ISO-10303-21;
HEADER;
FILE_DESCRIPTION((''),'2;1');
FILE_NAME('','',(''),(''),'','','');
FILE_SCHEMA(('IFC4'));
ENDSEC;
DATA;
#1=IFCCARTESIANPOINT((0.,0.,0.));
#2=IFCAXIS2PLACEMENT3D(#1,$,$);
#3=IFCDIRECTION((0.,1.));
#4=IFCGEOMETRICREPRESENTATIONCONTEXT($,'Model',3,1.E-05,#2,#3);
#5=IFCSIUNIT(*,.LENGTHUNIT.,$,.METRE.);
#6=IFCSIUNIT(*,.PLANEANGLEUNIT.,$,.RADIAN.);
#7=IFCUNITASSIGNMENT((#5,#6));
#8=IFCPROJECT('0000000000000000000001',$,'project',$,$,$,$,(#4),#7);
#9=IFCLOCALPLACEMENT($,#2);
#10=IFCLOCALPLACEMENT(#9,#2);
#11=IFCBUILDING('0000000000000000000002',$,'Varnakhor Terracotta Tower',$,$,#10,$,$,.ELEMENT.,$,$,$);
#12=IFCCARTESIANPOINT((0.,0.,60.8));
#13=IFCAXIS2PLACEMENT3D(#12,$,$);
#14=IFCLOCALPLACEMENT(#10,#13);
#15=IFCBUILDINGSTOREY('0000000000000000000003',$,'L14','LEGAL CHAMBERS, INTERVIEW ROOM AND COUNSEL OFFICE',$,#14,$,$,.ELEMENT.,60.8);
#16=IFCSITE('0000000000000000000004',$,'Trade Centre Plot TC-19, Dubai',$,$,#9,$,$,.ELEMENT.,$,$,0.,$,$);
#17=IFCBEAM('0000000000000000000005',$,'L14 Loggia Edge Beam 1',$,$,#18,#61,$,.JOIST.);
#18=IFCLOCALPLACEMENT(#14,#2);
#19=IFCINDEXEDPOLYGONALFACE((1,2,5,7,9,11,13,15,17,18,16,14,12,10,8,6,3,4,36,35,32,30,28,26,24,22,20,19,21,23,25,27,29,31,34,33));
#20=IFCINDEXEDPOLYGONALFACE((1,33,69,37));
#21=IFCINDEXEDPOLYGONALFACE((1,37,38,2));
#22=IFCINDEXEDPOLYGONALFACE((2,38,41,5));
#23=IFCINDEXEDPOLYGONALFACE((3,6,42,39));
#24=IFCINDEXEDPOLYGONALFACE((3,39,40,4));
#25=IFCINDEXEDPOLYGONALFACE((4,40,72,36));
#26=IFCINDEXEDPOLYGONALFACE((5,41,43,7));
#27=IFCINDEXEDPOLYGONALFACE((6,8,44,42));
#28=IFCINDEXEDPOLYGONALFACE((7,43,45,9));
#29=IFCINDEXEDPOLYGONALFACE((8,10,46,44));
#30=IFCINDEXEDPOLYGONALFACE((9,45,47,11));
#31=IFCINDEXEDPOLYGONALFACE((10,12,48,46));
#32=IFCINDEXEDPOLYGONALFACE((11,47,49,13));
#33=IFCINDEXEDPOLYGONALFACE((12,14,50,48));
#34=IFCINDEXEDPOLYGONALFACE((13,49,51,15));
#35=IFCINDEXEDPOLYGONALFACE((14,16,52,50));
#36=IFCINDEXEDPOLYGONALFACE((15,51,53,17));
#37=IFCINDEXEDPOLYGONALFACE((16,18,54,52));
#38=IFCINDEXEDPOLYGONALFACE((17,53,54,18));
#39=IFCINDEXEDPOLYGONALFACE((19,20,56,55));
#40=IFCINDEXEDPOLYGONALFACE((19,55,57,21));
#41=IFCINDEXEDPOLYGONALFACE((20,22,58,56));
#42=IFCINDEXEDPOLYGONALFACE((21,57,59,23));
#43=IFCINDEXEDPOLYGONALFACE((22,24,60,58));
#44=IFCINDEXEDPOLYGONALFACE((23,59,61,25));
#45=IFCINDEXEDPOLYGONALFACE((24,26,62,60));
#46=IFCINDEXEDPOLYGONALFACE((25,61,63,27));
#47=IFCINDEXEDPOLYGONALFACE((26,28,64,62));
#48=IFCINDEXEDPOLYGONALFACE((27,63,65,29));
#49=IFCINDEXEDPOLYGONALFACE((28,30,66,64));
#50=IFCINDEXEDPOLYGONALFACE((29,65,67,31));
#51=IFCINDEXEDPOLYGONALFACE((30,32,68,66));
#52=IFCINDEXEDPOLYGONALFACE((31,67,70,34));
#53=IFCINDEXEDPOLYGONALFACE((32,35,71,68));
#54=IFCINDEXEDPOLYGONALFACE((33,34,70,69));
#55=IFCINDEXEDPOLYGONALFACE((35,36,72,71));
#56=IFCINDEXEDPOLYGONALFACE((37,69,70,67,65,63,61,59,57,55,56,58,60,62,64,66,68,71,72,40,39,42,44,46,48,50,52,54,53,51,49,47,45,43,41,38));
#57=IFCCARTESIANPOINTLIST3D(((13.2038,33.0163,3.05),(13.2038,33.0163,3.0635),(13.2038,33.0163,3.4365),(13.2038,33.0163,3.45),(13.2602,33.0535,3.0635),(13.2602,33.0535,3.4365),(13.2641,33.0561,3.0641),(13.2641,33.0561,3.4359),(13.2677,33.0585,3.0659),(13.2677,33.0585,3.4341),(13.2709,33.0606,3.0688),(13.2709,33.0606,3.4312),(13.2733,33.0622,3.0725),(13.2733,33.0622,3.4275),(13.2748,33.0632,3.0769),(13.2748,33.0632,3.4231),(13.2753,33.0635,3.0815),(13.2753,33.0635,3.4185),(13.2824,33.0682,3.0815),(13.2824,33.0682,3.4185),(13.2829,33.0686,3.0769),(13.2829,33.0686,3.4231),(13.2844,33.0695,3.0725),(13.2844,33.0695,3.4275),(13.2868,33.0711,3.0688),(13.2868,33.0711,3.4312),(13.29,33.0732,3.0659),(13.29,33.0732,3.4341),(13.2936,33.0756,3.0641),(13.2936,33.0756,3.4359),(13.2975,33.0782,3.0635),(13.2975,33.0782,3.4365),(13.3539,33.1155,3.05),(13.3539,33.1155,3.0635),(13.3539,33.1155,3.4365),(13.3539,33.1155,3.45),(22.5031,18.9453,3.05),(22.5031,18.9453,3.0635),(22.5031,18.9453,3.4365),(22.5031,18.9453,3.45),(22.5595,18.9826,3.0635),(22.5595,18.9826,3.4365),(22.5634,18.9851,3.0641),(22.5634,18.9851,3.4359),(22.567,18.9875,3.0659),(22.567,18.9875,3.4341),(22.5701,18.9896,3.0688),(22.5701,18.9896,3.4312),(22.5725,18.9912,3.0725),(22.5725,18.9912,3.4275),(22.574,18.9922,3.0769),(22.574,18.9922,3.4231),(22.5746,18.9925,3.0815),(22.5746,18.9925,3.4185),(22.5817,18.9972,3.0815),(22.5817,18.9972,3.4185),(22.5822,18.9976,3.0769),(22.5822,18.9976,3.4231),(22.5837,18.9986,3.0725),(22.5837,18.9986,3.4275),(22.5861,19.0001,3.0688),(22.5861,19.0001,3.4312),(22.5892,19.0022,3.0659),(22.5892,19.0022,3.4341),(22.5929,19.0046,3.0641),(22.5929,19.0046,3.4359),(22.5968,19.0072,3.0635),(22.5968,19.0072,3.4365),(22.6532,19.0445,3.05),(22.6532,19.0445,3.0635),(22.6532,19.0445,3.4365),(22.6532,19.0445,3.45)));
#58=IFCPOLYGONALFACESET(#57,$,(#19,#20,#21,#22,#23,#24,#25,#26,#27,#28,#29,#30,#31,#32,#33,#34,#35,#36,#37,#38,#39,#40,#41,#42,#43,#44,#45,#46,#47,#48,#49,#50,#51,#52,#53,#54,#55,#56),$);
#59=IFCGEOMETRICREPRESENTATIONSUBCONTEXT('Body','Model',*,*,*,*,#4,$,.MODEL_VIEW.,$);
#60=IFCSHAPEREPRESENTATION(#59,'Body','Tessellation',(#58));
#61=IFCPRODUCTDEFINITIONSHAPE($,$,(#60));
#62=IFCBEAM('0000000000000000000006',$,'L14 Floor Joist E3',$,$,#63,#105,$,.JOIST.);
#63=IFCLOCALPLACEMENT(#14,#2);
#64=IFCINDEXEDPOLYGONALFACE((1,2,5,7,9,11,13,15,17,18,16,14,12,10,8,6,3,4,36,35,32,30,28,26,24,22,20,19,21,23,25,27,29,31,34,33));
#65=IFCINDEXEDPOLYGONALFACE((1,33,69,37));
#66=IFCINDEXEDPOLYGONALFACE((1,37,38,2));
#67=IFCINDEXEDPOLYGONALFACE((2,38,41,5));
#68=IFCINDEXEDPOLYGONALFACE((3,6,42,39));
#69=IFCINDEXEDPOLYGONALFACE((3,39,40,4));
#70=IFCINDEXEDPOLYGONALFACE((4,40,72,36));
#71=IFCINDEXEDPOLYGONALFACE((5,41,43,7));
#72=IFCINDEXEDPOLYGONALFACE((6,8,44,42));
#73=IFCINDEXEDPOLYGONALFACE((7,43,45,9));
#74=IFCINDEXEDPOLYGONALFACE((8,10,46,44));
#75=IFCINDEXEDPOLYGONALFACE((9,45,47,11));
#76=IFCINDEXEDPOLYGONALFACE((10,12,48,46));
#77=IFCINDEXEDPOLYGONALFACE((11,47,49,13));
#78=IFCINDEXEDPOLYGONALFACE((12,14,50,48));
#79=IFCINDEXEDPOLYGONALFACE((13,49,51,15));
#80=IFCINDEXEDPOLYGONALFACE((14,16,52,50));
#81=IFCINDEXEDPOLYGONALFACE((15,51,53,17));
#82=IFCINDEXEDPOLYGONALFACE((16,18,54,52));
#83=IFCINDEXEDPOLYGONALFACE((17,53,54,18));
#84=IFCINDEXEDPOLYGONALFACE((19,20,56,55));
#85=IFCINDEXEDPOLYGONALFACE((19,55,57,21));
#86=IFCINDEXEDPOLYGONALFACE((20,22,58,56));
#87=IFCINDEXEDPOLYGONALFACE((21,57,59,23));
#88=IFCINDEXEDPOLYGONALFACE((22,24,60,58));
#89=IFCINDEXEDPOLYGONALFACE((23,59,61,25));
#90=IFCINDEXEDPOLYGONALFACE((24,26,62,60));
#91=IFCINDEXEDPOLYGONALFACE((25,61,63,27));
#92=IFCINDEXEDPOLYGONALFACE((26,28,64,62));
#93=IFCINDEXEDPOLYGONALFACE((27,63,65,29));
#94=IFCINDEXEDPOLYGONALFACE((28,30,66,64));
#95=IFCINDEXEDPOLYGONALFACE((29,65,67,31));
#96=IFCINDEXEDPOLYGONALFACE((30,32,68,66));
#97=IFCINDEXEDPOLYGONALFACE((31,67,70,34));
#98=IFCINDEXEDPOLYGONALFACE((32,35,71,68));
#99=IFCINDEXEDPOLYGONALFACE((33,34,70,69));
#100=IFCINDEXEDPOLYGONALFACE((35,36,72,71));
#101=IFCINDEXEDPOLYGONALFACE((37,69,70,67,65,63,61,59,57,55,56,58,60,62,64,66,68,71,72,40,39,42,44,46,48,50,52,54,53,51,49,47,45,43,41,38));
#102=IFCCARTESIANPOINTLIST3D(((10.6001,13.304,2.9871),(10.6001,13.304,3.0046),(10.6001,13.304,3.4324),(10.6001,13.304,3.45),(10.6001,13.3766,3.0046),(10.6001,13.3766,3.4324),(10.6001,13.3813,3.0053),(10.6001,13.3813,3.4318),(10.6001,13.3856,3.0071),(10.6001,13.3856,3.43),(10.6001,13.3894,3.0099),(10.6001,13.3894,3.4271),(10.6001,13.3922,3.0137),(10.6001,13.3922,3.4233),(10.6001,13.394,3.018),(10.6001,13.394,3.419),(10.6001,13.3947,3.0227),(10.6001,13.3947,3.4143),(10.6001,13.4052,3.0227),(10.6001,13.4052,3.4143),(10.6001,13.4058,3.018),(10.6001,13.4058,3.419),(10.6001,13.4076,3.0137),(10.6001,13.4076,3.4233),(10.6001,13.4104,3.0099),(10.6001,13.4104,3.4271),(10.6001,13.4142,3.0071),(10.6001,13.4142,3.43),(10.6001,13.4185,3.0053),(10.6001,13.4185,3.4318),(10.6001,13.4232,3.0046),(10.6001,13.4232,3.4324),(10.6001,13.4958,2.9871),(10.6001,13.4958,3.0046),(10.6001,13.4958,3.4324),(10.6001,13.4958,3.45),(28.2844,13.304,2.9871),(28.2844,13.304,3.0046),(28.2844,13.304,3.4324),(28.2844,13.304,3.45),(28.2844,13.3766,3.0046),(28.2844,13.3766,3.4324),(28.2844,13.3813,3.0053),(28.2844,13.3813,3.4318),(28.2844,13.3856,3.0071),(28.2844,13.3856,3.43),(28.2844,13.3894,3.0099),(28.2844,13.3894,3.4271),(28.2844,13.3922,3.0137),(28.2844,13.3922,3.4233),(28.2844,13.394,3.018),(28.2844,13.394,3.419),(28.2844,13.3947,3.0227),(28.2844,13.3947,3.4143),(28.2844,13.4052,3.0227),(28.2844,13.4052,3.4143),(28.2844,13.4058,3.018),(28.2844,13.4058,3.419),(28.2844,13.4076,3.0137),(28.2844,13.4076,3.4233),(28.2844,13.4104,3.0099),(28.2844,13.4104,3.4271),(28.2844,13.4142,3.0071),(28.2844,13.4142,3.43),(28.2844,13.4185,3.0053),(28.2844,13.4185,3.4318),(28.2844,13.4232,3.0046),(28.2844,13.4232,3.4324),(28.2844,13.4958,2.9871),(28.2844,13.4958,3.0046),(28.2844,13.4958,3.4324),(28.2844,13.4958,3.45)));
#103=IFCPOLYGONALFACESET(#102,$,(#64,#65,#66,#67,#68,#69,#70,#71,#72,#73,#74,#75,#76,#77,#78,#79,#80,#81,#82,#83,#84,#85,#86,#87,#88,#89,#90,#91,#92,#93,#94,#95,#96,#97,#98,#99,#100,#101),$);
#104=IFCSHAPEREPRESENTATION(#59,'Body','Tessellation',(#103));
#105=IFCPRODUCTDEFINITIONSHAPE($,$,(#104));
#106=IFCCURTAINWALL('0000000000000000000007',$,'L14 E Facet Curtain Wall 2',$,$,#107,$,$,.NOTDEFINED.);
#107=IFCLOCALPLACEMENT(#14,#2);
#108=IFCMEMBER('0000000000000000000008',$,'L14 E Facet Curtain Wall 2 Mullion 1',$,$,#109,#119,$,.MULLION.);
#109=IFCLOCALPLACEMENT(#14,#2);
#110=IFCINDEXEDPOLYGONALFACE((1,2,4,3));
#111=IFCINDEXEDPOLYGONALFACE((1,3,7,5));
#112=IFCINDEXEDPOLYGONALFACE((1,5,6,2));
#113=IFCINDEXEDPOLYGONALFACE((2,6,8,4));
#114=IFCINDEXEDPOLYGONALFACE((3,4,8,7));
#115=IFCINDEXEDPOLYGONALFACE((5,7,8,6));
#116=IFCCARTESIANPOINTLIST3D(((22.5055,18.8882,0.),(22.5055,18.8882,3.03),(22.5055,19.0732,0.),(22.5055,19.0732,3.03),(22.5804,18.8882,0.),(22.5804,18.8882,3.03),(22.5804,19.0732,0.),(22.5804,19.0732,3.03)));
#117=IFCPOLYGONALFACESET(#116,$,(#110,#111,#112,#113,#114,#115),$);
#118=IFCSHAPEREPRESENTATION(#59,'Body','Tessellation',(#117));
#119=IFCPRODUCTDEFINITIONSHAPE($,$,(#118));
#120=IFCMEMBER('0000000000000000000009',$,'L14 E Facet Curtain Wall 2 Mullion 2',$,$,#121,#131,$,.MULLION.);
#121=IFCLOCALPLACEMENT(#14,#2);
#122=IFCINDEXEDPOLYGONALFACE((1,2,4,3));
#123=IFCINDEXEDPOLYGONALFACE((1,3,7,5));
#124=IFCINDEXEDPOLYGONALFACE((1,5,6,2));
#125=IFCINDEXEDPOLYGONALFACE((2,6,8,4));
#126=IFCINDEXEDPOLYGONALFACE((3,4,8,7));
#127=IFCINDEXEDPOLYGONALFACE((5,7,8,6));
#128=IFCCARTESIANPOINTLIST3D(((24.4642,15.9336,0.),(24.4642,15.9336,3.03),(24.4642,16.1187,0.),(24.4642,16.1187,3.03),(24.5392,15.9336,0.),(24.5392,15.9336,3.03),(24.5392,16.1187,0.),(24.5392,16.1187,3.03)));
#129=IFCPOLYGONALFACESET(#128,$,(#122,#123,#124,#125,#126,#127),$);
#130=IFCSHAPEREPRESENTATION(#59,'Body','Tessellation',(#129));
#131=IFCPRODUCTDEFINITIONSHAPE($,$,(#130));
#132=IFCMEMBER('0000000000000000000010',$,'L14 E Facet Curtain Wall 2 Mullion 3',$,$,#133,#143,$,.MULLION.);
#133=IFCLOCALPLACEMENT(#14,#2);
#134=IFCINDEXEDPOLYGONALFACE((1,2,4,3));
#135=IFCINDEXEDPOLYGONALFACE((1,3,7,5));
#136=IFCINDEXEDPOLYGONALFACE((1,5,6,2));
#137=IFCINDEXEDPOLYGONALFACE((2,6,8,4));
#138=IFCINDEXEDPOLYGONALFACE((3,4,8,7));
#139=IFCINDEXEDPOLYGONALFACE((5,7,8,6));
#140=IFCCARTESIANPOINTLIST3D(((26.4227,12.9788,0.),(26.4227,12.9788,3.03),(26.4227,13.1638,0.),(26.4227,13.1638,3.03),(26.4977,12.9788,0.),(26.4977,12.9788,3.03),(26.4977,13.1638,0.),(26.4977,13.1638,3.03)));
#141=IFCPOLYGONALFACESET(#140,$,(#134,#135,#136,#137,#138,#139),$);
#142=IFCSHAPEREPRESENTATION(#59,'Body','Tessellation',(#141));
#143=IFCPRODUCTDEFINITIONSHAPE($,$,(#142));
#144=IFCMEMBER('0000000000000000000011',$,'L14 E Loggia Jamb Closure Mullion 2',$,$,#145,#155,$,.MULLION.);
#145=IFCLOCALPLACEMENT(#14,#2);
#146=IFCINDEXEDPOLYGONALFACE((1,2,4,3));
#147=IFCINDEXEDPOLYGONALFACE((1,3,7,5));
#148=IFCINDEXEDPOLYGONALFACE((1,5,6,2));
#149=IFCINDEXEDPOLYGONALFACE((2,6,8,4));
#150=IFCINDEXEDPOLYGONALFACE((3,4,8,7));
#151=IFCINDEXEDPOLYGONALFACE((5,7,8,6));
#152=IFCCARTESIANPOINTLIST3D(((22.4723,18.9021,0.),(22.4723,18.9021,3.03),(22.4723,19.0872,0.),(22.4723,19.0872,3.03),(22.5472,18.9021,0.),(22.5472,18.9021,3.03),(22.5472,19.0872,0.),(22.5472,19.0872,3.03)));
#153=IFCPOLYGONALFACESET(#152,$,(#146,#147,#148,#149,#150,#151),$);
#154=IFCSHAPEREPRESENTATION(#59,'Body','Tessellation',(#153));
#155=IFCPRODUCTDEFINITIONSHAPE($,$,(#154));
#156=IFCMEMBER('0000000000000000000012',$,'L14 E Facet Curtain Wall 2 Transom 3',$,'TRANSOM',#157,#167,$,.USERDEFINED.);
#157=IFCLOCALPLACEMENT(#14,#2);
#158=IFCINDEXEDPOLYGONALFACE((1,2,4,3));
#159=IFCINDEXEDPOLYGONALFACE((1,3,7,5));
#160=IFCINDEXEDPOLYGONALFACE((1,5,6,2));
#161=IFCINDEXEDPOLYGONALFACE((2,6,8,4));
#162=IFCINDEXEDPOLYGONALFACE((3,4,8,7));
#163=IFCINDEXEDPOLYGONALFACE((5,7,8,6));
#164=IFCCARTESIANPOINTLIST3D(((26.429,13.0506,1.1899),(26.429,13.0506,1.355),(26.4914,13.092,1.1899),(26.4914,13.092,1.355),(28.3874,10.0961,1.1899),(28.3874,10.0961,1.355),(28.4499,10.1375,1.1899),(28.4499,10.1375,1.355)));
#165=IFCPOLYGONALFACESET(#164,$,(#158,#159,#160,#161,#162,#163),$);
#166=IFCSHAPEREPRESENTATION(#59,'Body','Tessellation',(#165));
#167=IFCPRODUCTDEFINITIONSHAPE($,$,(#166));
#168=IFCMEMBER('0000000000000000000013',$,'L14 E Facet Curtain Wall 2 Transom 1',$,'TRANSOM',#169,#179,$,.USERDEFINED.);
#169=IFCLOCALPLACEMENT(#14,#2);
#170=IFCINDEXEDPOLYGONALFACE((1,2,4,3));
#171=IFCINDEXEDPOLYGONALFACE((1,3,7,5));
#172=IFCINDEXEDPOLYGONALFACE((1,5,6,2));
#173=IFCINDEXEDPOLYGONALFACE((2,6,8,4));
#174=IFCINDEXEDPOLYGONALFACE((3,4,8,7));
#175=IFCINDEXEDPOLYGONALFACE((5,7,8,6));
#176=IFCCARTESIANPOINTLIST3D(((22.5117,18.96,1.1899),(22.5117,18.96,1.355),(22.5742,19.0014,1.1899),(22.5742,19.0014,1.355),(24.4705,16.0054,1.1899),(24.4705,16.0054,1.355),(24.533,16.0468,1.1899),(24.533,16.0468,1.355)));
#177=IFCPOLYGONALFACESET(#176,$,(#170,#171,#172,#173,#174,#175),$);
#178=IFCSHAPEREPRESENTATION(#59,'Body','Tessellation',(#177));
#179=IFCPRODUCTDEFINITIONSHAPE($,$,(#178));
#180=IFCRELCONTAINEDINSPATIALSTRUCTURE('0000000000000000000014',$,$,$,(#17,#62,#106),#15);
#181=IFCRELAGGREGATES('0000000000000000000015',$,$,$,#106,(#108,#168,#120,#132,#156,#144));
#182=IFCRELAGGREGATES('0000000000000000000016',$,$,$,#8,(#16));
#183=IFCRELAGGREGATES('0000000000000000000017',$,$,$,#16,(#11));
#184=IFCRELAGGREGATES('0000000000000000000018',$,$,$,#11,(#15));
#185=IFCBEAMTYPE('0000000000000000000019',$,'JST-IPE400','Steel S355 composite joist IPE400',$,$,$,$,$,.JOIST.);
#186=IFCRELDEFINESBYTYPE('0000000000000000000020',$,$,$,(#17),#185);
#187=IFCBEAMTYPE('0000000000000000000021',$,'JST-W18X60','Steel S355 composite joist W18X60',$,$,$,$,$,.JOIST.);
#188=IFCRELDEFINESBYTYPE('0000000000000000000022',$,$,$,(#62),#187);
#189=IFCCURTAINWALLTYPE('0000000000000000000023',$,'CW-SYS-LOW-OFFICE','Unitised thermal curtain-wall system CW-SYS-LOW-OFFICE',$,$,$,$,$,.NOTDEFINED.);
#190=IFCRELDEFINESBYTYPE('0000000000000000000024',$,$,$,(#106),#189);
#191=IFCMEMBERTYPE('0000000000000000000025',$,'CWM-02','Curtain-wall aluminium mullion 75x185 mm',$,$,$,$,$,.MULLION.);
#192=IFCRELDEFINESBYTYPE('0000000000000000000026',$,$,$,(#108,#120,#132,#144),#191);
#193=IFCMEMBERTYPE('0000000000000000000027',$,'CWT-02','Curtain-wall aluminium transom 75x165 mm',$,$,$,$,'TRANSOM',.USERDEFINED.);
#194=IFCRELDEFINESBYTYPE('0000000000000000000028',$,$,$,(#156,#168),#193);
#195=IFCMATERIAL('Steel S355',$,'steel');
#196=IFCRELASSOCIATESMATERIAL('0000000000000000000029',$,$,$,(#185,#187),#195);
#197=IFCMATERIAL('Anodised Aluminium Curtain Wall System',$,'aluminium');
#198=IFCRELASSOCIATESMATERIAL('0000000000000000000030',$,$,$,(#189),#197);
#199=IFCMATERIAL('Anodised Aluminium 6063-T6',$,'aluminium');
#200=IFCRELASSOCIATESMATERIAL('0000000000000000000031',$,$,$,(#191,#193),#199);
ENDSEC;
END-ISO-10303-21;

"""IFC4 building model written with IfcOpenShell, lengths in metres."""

from ifc_helpers import new_model, si_unit, direction, frame, origin, origin_2d, place, context, subcontext, project, spatial, rectangle, i_section, extrude, source, transform, mapped, material, material_profile, profile_set, type_object, type_shapes, element, aggregate, save


model = new_model("IFC4")

# Units and contexts
model_context = context("Model", 3, precision=1e-05, world=origin(), true_north=direction((0.0, 1.0)))
body_context = subcontext(model_context, "Body", "Model", "MODEL_VIEW")
ifc_project = project(units=[si_unit("LENGTHUNIT", "METRE"), si_unit("PLANEANGLEUNIT", "RADIAN")], contexts=[model_context])

# Site, building, storey
site_placement = place(None, origin())
site = spatial("IfcSite", under=ifc_project, at=site_placement, Name="Trade Centre Plot TC-19, Dubai", CompositionType="ELEMENT", RefElevation=0.0)
building_placement = place(site_placement, origin())
building = spatial("IfcBuilding", under=site, at=building_placement, Name="Varnakhor Terracotta Tower", CompositionType="ELEMENT")
storey_placement = place(building_placement, frame((0.0, 0.0, 60.8)))
storey = spatial("IfcBuildingStorey", under=building, at=storey_placement, Name="L14", Description="LEGAL CHAMBERS, INTERVIEW ROOM AND COUNSEL OFFICE", CompositionType="ELEMENT", Elevation=60.8)

# Beams
ifc_material_1 = material(Name="Steel S355", Category="steel")
ifc_material_profile_1 = material_profile(ifc_material_1, i_section(OverallWidth=0.1799, OverallDepth=0.3999, WebThickness=0.0085, FlangeThickness=0.0134, FilletRadius=0.0181, at=origin_2d()), Name="IPE400")
ifc_profile_set_1 = profile_set([ifc_material_profile_1], Name="Steel S355")
beam_type_1 = type_object("IfcBeamType", Name="JST-IPE400", Description="Steel S355 composite joist IPE400", PredefinedType="JOIST", material=ifc_profile_set_1)
shared_shape_1 = source(origin(), body_context, "Body", "SweptSolid", [
    extrude(i_section(OverallWidth=0.1799, OverallDepth=0.3999, WebThickness=0.0085, FlangeThickness=0.0134, FilletRadius=0.0181, at=origin_2d()), origin(), (0.0, 0.0, 1.0), 16.8662),
])
beam_1_placement = place(storey_placement, frame((22.5781, 18.9949, 3.25), z_axis=(-0.551355, 0.834271, 0.0), x_axis=(-0.834271, -0.551355, 0.0)))
element("IfcBeam", 1, at=beam_1_placement, inside=storey, type_object=beam_type_1, Name="L14 Loggia Edge Beam 1", PredefinedType="JOIST", context=body_context, shape_type="MappedRepresentation", body=[
    mapped(shared_shape_1, transform((0.0, 0.0, 0.0), scale=1.0)),
])
ifc_material_profile_2 = material_profile(ifc_material_1, i_section(OverallWidth=0.1919, OverallDepth=0.4629, WebThickness=0.0105, FlangeThickness=0.0176, FilletRadius=0.0181, at=origin_2d()), Name="W18X60")
ifc_profile_set_2 = profile_set([ifc_material_profile_2], Name="Steel S355")
beam_type_2 = type_object("IfcBeamType", Name="JST-W18X60", Description="Steel S355 composite joist W18X60", PredefinedType="JOIST", material=ifc_profile_set_2)
shared_shape_2 = source(origin(), body_context, "Body", "SweptSolid", [
    extrude(i_section(OverallWidth=0.1919, OverallDepth=0.4629, WebThickness=0.0105, FlangeThickness=0.0176, FilletRadius=0.0181, at=origin_2d()), origin(), (0.0, 0.0, 1.0), 17.6843),
])
beam_2_placement = place(storey_placement, frame((10.6001, 13.3999, 3.2185), z_axis=(1.0, 0.0, 0.0), x_axis=(0.0, 1.0, 0.0)))
element("IfcBeam", 2, at=beam_2_placement, inside=storey, type_object=beam_type_2, Name="L14 Floor Joist E3", PredefinedType="JOIST", context=body_context, shape_type="MappedRepresentation", body=[
    mapped(shared_shape_2, transform((0.0, 0.0, 0.0), scale=1.0)),
])

# Curtain wall, members
ifc_material_2 = material(Name="Anodised Aluminium Curtain Wall System", Category="aluminium")
curtain_wall_type = type_object("IfcCurtainWallType", Name="CW-SYS-LOW-OFFICE", Description="Unitised thermal curtain-wall system CW-SYS-LOW-OFFICE", PredefinedType="NOTDEFINED", material=ifc_material_2)
curtain_wall_placement = place(storey_placement, origin())
curtain_wall = element("IfcCurtainWall", 3, at=curtain_wall_placement, inside=storey, type_object=curtain_wall_type, Name="L14 E Facet Curtain Wall 2", PredefinedType="NOTDEFINED")
ifc_material_3 = material(Name="Anodised Aluminium 6063-T6", Category="aluminium")
ifc_material_profile_3 = material_profile(ifc_material_3, rectangle(XDim=0.075, YDim=0.1851, at=origin_2d()), Name="ALU MULLION 75x185")
ifc_profile_set_3 = profile_set([ifc_material_profile_3], Name="Anodised Aluminium 6063-T6")
member_type_1 = type_object("IfcMemberType", Name="CWM-02", Description="Curtain-wall aluminium mullion 75x185 mm", PredefinedType="MULLION", material=ifc_profile_set_3)
shared_shape_3 = source(origin(), body_context, "Body", "SweptSolid", [
    extrude(rectangle(XDim=0.075, YDim=0.1851, at=origin_2d()), origin(), (0.0, 0.0, 1.0), 3.03),
])
type_shapes(member_type_1, [shared_shape_3])
member_1_placement = place(storey_placement, frame((22.543, 18.9807, 0.0), z_axis=(0.0, 0.0, 1.0), x_axis=(1.0, 0.0, 0.0)))
member_1 = element("IfcMember", 4, at=member_1_placement, type_object=member_type_1, Name="L14 E Facet Curtain Wall 2 Mullion 1", PredefinedType="MULLION", context=body_context, shape_type="MappedRepresentation", body=[
    mapped(shared_shape_3, transform((0.0, 0.0, 0.0), scale=1.0)),
])
member_2_placement = place(storey_placement, frame((24.5017, 16.0261, 0.0), z_axis=(0.0, 0.0, 1.0), x_axis=(1.0, 0.0, 0.0)))
member_2 = element("IfcMember", 5, at=member_2_placement, type_object=member_type_1, Name="L14 E Facet Curtain Wall 2 Mullion 2", PredefinedType="MULLION", context=body_context, shape_type="MappedRepresentation", body=[
    mapped(shared_shape_3, transform((0.0, 0.0, 0.0), scale=1.0)),
])
member_3_placement = place(storey_placement, frame((26.4602, 13.0713, 0.0), z_axis=(0.0, 0.0, 1.0), x_axis=(1.0, 0.0, 0.0)))
member_3 = element("IfcMember", 6, at=member_3_placement, type_object=member_type_1, Name="L14 E Facet Curtain Wall 2 Mullion 3", PredefinedType="MULLION", context=body_context, shape_type="MappedRepresentation", body=[
    mapped(shared_shape_3, transform((0.0, 0.0, 0.0), scale=1.0)),
])
member_4_placement = place(storey_placement, frame((22.5098, 18.9946, 0.0), z_axis=(0.0, 0.0, 1.0), x_axis=(1.0, 0.0, 0.0)))
member_4 = element("IfcMember", 7, at=member_4_placement, type_object=member_type_1, Name="L14 E Loggia Jamb Closure Mullion 2", PredefinedType="MULLION", context=body_context, shape_type="MappedRepresentation", body=[
    mapped(shared_shape_3, transform((0.0, 0.0, 0.0), scale=1.0)),
])
ifc_material_profile_4 = material_profile(ifc_material_3, rectangle(XDim=0.075, YDim=0.165, at=origin_2d()), Name="ALU TRANSOM 75x165")
ifc_profile_set_4 = profile_set([ifc_material_profile_4], Name="Anodised Aluminium 6063-T6")
member_type_2 = type_object("IfcMemberType", Name="CWT-02", Description="Curtain-wall aluminium transom 75x165 mm", ElementType="TRANSOM", PredefinedType="USERDEFINED", material=ifc_profile_set_4)
shared_shape_4 = source(origin(), body_context, "Body", "SweptSolid", [
    extrude(rectangle(XDim=0.075, YDim=0.165, at=origin_2d()), origin(), (0.0, 0.0, 1.0), 3.5447),
])
member_5_placement = place(storey_placement, frame((26.4602, 13.0713, 1.2725), z_axis=(0.552505, -0.83351, 0.0), x_axis=(0.83351, 0.552505, 0.0)))
member_5 = element("IfcMember", 8, at=member_5_placement, type_object=member_type_2, Name="L14 E Facet Curtain Wall 2 Transom 3", ObjectType="TRANSOM", PredefinedType="USERDEFINED", context=body_context, shape_type="MappedRepresentation", body=[
    mapped(shared_shape_4, transform((0.0, 0.0, 0.0), scale=1.0)),
])
shared_shape_5 = source(origin(), body_context, "Body", "SweptSolid", [
    extrude(rectangle(XDim=0.075, YDim=0.165, at=origin_2d()), origin(), (0.0, 0.0, 1.0), 3.5449),
])
member_6_placement = place(storey_placement, frame((22.543, 18.9807, 1.2725), z_axis=(0.552553, -0.833478, 0.0), x_axis=(0.833478, 0.552553, 0.0)))
member_6 = element("IfcMember", 9, at=member_6_placement, type_object=member_type_2, Name="L14 E Facet Curtain Wall 2 Transom 1", ObjectType="TRANSOM", PredefinedType="USERDEFINED", context=body_context, shape_type="MappedRepresentation", body=[
    mapped(shared_shape_5, transform((0.0, 0.0, 0.0), scale=1.0)),
])

aggregate(curtain_wall, [member_1, member_6, member_2, member_3, member_5, member_4])

save(model, "model.ifc")
